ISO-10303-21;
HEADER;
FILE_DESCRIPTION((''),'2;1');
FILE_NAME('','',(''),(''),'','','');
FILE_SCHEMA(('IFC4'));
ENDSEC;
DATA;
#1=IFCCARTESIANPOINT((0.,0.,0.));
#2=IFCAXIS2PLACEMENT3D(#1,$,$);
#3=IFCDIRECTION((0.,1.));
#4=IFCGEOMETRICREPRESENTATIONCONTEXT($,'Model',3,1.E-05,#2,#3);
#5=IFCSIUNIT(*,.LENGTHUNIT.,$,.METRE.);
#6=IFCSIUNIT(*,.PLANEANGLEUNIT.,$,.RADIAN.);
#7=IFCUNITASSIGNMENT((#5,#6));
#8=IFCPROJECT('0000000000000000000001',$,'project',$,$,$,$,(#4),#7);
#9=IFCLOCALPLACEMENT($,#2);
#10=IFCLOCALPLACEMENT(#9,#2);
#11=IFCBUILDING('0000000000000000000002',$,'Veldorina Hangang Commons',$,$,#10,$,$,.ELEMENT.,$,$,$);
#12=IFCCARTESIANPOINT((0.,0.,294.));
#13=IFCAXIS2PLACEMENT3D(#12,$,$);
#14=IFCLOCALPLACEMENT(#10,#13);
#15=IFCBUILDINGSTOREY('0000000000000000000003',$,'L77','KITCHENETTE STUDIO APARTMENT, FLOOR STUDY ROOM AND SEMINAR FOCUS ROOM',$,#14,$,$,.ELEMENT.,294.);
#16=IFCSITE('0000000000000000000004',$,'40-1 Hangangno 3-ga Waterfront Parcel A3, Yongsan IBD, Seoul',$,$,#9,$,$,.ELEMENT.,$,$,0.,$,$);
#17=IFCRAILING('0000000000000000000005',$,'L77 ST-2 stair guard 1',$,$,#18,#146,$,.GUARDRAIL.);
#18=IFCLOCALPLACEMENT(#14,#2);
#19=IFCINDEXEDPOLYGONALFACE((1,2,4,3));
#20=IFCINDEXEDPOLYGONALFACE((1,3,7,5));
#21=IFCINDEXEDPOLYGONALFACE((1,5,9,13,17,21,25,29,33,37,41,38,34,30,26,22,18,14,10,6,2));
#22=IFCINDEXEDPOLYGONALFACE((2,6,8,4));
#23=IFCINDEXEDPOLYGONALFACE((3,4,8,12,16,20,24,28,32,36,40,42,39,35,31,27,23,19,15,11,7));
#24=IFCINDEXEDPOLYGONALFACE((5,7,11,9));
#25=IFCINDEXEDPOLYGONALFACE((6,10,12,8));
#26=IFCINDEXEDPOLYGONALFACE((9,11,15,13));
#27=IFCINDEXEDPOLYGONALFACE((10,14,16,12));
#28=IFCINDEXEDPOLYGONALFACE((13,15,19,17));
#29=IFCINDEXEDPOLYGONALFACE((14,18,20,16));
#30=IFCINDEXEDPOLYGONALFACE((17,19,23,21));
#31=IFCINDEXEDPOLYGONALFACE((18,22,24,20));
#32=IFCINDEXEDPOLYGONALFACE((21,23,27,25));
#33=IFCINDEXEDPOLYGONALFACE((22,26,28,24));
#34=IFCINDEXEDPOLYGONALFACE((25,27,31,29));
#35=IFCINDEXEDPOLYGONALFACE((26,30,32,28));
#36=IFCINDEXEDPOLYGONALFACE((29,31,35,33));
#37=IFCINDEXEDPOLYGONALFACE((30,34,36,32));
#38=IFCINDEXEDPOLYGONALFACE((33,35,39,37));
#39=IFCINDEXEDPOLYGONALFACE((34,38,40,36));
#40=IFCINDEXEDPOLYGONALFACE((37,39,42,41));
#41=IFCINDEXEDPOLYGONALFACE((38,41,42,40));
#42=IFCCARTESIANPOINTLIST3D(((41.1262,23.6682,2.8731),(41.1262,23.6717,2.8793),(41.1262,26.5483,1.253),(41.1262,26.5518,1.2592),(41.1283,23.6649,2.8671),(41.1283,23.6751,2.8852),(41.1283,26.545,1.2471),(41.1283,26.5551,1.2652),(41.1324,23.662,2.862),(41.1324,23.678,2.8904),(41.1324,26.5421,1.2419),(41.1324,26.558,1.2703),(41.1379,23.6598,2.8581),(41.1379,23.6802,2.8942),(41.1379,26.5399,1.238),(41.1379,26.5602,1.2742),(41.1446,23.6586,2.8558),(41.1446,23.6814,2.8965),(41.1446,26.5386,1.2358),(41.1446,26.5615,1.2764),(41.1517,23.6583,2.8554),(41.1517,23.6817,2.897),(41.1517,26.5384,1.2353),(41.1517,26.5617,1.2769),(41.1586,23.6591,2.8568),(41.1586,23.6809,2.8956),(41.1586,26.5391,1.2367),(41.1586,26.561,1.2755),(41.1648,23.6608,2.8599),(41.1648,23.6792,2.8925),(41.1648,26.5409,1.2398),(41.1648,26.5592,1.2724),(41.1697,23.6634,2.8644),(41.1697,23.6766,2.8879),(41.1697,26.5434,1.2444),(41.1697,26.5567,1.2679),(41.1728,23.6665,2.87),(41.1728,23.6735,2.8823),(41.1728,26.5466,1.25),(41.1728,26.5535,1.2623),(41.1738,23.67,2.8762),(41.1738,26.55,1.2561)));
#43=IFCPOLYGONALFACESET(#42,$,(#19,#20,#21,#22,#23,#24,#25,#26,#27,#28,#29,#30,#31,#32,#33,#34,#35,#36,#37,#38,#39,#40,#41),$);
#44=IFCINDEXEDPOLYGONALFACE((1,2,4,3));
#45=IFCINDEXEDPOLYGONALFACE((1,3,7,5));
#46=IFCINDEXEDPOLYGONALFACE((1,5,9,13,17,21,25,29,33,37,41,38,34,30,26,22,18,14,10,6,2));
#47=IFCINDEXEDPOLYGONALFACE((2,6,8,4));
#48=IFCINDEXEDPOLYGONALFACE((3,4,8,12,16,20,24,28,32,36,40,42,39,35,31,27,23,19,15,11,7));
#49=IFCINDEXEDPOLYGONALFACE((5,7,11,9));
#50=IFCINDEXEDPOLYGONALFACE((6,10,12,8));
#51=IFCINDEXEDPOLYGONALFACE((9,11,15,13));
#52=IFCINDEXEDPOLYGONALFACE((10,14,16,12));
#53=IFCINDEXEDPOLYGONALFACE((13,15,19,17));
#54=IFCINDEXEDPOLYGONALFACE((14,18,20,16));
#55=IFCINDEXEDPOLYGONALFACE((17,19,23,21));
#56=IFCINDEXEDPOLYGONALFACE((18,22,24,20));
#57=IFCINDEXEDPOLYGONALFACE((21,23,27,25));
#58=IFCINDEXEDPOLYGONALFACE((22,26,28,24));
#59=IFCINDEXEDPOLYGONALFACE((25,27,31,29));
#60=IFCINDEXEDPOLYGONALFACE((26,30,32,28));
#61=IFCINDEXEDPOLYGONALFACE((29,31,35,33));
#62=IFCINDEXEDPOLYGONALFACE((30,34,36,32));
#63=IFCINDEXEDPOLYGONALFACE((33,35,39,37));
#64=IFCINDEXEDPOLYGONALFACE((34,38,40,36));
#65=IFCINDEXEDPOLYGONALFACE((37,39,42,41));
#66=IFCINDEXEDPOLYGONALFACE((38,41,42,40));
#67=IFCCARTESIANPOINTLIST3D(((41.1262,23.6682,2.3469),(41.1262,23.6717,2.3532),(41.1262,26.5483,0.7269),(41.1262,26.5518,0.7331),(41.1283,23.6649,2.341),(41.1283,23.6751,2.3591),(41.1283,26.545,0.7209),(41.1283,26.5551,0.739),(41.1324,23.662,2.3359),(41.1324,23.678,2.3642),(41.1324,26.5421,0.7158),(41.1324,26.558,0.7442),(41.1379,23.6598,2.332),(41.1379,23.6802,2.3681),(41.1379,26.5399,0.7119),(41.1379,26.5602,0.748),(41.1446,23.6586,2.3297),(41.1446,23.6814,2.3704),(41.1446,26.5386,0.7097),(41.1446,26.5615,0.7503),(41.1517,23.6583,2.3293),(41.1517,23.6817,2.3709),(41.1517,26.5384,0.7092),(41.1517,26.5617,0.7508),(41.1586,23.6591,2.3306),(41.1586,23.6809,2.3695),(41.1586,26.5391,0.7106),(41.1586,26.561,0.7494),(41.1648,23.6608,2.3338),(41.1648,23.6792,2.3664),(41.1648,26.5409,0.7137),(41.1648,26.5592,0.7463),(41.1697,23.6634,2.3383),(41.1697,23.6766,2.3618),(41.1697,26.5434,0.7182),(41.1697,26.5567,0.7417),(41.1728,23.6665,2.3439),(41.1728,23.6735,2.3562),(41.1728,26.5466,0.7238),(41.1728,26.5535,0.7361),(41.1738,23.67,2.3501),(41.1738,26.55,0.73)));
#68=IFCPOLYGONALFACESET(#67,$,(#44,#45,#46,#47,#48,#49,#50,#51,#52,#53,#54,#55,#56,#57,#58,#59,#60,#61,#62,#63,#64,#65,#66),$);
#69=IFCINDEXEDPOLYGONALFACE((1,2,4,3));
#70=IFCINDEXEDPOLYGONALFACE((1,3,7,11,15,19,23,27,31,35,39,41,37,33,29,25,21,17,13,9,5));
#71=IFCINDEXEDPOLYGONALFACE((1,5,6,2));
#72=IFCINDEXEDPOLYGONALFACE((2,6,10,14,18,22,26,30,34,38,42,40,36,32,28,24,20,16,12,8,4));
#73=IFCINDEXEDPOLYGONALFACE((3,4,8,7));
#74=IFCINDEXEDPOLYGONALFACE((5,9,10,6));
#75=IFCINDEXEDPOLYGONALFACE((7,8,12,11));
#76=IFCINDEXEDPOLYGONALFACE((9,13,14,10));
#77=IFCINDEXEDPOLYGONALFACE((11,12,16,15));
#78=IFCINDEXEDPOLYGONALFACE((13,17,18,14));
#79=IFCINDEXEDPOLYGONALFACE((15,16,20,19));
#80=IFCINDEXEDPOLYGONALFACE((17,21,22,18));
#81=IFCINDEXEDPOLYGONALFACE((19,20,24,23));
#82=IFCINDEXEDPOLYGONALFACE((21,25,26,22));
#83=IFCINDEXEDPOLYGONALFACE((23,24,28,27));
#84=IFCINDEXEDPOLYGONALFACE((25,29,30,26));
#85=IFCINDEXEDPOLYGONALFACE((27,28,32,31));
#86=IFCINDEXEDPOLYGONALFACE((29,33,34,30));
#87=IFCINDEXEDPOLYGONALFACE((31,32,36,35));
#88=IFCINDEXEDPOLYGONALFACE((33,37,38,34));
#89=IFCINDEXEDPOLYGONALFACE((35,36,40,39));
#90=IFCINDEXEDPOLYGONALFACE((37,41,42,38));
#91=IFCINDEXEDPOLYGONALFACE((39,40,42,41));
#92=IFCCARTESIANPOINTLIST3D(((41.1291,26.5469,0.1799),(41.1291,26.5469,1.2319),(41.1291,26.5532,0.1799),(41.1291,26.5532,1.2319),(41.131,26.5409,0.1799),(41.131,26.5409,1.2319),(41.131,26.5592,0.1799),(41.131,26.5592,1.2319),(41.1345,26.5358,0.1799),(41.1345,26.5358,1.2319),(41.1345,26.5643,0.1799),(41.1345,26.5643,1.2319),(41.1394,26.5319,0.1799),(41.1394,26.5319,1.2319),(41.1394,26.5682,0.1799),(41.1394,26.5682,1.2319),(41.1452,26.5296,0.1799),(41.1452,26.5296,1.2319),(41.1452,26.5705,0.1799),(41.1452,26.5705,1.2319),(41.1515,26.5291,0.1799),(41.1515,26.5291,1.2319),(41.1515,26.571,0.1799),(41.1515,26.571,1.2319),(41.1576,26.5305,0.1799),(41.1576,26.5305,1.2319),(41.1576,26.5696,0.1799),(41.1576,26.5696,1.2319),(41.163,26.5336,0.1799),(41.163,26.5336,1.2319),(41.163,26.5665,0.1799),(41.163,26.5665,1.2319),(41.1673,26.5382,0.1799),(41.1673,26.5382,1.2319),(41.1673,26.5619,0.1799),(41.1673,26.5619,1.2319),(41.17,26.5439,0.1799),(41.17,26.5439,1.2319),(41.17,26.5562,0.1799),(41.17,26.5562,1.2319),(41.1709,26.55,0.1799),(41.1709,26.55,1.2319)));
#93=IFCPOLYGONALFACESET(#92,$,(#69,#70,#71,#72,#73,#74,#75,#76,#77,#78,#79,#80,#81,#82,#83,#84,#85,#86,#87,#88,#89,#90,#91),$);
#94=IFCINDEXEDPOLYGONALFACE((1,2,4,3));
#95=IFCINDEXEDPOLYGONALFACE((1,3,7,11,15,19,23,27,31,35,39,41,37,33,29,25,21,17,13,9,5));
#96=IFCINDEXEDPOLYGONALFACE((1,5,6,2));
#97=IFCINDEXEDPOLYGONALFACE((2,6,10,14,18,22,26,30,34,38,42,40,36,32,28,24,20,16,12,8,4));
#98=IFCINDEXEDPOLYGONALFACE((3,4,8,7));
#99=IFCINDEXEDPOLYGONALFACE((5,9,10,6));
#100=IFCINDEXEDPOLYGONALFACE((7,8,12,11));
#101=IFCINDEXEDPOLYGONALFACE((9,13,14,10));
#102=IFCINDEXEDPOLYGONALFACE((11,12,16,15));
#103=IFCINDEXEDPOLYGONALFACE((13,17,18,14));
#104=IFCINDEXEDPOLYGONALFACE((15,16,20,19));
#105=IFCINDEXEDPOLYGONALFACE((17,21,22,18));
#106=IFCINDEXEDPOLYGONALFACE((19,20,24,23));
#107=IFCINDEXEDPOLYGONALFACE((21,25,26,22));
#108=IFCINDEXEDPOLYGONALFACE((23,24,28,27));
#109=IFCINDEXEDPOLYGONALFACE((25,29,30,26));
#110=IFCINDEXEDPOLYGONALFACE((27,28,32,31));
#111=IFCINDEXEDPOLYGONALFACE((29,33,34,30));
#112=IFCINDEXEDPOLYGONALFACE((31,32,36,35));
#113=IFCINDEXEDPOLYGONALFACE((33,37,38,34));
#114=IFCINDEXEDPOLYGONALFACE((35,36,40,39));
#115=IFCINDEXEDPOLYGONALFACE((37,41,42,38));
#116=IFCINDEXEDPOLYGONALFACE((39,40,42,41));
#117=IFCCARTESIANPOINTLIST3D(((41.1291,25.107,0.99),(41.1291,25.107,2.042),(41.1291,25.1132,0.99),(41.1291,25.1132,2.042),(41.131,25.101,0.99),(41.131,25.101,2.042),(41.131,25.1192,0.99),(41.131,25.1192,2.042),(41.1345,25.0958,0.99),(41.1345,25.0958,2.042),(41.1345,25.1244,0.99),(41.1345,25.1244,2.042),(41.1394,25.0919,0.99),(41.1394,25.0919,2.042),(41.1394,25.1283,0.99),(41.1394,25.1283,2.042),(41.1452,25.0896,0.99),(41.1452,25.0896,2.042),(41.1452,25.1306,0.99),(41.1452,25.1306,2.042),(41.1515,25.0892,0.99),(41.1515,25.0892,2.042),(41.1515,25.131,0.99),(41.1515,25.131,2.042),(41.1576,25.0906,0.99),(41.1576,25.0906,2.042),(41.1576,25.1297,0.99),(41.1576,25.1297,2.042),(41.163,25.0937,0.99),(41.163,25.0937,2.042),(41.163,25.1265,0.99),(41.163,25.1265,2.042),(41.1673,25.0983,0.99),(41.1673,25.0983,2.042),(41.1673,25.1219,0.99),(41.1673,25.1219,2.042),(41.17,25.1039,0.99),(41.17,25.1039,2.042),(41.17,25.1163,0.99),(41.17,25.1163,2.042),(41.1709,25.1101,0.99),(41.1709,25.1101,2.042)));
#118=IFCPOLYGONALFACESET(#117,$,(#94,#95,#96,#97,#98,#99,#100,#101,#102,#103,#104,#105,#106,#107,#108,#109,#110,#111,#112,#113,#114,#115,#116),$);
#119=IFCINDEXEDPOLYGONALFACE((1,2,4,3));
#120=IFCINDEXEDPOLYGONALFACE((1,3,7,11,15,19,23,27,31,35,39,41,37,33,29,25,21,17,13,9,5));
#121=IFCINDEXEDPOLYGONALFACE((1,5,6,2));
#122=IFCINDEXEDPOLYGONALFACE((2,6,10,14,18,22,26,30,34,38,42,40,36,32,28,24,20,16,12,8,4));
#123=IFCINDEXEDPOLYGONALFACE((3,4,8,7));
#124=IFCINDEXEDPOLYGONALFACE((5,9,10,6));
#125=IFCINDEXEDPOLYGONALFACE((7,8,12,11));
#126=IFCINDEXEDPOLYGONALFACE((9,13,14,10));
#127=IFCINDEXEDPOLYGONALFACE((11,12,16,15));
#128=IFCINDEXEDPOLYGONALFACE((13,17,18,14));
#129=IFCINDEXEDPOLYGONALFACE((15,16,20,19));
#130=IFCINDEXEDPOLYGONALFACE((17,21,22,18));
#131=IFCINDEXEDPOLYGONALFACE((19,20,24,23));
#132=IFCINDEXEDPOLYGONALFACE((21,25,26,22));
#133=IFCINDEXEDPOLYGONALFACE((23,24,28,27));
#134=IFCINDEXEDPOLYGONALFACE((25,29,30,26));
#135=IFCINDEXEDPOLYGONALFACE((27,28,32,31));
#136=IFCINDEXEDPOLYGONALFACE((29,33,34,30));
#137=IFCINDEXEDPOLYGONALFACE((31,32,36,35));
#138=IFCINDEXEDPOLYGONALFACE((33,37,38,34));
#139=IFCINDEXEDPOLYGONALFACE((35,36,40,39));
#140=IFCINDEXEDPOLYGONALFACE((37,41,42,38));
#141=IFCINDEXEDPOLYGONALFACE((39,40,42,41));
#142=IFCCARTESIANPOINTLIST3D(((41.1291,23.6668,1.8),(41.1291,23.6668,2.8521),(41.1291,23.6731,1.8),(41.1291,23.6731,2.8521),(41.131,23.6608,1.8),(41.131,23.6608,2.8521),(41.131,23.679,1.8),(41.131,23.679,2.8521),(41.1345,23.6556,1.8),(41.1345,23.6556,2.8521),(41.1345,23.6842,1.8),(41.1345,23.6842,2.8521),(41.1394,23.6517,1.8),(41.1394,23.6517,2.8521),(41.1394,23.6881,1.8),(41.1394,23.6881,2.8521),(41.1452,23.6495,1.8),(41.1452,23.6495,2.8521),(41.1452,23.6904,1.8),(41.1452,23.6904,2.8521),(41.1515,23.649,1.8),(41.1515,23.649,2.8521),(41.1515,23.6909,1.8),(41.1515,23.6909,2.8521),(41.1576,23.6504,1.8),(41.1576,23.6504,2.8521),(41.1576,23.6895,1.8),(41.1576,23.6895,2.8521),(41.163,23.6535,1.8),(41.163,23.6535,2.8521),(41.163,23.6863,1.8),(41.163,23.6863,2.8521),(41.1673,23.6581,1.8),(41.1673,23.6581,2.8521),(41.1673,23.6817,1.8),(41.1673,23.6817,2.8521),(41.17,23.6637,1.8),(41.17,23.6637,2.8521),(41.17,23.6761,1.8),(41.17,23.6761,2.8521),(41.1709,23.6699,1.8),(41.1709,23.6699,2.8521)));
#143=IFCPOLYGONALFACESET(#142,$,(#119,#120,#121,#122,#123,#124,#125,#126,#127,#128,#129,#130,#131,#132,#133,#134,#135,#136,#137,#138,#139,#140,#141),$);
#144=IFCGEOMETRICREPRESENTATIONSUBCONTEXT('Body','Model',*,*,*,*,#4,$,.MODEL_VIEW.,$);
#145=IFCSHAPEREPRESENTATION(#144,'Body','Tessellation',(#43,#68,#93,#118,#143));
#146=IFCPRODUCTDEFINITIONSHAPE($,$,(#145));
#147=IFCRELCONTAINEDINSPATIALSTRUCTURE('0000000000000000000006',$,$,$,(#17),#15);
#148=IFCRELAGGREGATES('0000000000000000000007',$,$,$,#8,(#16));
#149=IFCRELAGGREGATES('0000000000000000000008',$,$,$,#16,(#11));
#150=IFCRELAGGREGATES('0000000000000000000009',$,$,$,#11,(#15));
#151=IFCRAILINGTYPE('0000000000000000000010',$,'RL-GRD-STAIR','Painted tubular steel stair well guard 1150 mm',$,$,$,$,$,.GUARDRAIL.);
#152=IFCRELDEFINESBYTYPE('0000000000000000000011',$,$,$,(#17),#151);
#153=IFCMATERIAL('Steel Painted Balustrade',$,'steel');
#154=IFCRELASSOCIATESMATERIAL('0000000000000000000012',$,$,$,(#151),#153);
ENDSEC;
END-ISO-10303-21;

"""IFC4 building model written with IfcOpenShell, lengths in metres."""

from ifc_helpers import new_model, si_unit, direction, frame, origin, origin_2d, place, context, subcontext, project, spatial, circle, extrude, material, type_object, element, save


model = new_model("IFC4")

# Units and contexts
model_context = context("Model", 3, precision=1e-05, world=origin(), true_north=direction((0.0, 1.0)))
body_context = subcontext(model_context, "Body", "Model", "MODEL_VIEW")
ifc_project = project(units=[si_unit("LENGTHUNIT", "METRE"), si_unit("PLANEANGLEUNIT", "RADIAN")], contexts=[model_context])

# Site, building, storey
site_placement = place(None, origin())
site = spatial("IfcSite", under=ifc_project, at=site_placement, Name="40-1 Hangangno 3-ga Waterfront Parcel A3, Yongsan IBD, Seoul", CompositionType="ELEMENT", RefElevation=0.0)
building_placement = place(site_placement, origin())
building = spatial("IfcBuilding", under=site, at=building_placement, Name="Veldorina Hangang Commons", CompositionType="ELEMENT")
storey_placement = place(building_placement, frame((0.0, 0.0, 294.0)))
storey = spatial("IfcBuildingStorey", under=building, at=storey_placement, Name="L77", Description="KITCHENETTE STUDIO APARTMENT, FLOOR STUDY ROOM AND SEMINAR FOCUS ROOM", CompositionType="ELEMENT", Elevation=294.0)

# Railing
ifc_material_1 = material(Name="Steel Painted Balustrade", Category="steel")
railing_type_1 = type_object("IfcRailingType", Name="RL-GRD-STAIR", Description="Painted tubular steel stair well guard 1150 mm", PredefinedType="GUARDRAIL", material=ifc_material_1)
railing_1_placement = place(storey_placement, frame((41.1499, 26.55, 0.1799)))
element("IfcRailing", 1, at=railing_1_placement, inside=storey, type_object=railing_type_1, Name="L77 ST-2 stair guard 1", PredefinedType="GUARDRAIL", context=body_context, shape_type="SweptSolid", body=[
    extrude(circle(Radius=0.0239, at=origin_2d()), frame((0.0, 0.0, 1.0762), z_axis=(0.0, -0.87157, 0.490272), x_axis=(1.0, 0.0, 0.0)), (0.0, 0.0, 1.0), 3.3044),
    extrude(circle(Radius=0.0239, at=origin_2d()), frame((0.0, 0.0, 0.55), z_axis=(0.0, -0.87157, 0.490272), x_axis=(1.0, 0.0, 0.0)), (0.0, 0.0, 1.0), 3.3044),
    extrude(circle(Radius=0.021, at=origin_2d()), origin(), (0.0, 0.0, 1.0), 1.052),
    extrude(circle(Radius=0.021, at=origin_2d()), frame((0.0, -1.4399, 0.8101)), (0.0, 0.0, 1.0), 1.052),
    extrude(circle(Radius=0.021, at=origin_2d()), frame((0.0, -2.8801, 1.6201)), (0.0, 0.0, 1.0), 1.052),
])

save(model, "model.ifc")
